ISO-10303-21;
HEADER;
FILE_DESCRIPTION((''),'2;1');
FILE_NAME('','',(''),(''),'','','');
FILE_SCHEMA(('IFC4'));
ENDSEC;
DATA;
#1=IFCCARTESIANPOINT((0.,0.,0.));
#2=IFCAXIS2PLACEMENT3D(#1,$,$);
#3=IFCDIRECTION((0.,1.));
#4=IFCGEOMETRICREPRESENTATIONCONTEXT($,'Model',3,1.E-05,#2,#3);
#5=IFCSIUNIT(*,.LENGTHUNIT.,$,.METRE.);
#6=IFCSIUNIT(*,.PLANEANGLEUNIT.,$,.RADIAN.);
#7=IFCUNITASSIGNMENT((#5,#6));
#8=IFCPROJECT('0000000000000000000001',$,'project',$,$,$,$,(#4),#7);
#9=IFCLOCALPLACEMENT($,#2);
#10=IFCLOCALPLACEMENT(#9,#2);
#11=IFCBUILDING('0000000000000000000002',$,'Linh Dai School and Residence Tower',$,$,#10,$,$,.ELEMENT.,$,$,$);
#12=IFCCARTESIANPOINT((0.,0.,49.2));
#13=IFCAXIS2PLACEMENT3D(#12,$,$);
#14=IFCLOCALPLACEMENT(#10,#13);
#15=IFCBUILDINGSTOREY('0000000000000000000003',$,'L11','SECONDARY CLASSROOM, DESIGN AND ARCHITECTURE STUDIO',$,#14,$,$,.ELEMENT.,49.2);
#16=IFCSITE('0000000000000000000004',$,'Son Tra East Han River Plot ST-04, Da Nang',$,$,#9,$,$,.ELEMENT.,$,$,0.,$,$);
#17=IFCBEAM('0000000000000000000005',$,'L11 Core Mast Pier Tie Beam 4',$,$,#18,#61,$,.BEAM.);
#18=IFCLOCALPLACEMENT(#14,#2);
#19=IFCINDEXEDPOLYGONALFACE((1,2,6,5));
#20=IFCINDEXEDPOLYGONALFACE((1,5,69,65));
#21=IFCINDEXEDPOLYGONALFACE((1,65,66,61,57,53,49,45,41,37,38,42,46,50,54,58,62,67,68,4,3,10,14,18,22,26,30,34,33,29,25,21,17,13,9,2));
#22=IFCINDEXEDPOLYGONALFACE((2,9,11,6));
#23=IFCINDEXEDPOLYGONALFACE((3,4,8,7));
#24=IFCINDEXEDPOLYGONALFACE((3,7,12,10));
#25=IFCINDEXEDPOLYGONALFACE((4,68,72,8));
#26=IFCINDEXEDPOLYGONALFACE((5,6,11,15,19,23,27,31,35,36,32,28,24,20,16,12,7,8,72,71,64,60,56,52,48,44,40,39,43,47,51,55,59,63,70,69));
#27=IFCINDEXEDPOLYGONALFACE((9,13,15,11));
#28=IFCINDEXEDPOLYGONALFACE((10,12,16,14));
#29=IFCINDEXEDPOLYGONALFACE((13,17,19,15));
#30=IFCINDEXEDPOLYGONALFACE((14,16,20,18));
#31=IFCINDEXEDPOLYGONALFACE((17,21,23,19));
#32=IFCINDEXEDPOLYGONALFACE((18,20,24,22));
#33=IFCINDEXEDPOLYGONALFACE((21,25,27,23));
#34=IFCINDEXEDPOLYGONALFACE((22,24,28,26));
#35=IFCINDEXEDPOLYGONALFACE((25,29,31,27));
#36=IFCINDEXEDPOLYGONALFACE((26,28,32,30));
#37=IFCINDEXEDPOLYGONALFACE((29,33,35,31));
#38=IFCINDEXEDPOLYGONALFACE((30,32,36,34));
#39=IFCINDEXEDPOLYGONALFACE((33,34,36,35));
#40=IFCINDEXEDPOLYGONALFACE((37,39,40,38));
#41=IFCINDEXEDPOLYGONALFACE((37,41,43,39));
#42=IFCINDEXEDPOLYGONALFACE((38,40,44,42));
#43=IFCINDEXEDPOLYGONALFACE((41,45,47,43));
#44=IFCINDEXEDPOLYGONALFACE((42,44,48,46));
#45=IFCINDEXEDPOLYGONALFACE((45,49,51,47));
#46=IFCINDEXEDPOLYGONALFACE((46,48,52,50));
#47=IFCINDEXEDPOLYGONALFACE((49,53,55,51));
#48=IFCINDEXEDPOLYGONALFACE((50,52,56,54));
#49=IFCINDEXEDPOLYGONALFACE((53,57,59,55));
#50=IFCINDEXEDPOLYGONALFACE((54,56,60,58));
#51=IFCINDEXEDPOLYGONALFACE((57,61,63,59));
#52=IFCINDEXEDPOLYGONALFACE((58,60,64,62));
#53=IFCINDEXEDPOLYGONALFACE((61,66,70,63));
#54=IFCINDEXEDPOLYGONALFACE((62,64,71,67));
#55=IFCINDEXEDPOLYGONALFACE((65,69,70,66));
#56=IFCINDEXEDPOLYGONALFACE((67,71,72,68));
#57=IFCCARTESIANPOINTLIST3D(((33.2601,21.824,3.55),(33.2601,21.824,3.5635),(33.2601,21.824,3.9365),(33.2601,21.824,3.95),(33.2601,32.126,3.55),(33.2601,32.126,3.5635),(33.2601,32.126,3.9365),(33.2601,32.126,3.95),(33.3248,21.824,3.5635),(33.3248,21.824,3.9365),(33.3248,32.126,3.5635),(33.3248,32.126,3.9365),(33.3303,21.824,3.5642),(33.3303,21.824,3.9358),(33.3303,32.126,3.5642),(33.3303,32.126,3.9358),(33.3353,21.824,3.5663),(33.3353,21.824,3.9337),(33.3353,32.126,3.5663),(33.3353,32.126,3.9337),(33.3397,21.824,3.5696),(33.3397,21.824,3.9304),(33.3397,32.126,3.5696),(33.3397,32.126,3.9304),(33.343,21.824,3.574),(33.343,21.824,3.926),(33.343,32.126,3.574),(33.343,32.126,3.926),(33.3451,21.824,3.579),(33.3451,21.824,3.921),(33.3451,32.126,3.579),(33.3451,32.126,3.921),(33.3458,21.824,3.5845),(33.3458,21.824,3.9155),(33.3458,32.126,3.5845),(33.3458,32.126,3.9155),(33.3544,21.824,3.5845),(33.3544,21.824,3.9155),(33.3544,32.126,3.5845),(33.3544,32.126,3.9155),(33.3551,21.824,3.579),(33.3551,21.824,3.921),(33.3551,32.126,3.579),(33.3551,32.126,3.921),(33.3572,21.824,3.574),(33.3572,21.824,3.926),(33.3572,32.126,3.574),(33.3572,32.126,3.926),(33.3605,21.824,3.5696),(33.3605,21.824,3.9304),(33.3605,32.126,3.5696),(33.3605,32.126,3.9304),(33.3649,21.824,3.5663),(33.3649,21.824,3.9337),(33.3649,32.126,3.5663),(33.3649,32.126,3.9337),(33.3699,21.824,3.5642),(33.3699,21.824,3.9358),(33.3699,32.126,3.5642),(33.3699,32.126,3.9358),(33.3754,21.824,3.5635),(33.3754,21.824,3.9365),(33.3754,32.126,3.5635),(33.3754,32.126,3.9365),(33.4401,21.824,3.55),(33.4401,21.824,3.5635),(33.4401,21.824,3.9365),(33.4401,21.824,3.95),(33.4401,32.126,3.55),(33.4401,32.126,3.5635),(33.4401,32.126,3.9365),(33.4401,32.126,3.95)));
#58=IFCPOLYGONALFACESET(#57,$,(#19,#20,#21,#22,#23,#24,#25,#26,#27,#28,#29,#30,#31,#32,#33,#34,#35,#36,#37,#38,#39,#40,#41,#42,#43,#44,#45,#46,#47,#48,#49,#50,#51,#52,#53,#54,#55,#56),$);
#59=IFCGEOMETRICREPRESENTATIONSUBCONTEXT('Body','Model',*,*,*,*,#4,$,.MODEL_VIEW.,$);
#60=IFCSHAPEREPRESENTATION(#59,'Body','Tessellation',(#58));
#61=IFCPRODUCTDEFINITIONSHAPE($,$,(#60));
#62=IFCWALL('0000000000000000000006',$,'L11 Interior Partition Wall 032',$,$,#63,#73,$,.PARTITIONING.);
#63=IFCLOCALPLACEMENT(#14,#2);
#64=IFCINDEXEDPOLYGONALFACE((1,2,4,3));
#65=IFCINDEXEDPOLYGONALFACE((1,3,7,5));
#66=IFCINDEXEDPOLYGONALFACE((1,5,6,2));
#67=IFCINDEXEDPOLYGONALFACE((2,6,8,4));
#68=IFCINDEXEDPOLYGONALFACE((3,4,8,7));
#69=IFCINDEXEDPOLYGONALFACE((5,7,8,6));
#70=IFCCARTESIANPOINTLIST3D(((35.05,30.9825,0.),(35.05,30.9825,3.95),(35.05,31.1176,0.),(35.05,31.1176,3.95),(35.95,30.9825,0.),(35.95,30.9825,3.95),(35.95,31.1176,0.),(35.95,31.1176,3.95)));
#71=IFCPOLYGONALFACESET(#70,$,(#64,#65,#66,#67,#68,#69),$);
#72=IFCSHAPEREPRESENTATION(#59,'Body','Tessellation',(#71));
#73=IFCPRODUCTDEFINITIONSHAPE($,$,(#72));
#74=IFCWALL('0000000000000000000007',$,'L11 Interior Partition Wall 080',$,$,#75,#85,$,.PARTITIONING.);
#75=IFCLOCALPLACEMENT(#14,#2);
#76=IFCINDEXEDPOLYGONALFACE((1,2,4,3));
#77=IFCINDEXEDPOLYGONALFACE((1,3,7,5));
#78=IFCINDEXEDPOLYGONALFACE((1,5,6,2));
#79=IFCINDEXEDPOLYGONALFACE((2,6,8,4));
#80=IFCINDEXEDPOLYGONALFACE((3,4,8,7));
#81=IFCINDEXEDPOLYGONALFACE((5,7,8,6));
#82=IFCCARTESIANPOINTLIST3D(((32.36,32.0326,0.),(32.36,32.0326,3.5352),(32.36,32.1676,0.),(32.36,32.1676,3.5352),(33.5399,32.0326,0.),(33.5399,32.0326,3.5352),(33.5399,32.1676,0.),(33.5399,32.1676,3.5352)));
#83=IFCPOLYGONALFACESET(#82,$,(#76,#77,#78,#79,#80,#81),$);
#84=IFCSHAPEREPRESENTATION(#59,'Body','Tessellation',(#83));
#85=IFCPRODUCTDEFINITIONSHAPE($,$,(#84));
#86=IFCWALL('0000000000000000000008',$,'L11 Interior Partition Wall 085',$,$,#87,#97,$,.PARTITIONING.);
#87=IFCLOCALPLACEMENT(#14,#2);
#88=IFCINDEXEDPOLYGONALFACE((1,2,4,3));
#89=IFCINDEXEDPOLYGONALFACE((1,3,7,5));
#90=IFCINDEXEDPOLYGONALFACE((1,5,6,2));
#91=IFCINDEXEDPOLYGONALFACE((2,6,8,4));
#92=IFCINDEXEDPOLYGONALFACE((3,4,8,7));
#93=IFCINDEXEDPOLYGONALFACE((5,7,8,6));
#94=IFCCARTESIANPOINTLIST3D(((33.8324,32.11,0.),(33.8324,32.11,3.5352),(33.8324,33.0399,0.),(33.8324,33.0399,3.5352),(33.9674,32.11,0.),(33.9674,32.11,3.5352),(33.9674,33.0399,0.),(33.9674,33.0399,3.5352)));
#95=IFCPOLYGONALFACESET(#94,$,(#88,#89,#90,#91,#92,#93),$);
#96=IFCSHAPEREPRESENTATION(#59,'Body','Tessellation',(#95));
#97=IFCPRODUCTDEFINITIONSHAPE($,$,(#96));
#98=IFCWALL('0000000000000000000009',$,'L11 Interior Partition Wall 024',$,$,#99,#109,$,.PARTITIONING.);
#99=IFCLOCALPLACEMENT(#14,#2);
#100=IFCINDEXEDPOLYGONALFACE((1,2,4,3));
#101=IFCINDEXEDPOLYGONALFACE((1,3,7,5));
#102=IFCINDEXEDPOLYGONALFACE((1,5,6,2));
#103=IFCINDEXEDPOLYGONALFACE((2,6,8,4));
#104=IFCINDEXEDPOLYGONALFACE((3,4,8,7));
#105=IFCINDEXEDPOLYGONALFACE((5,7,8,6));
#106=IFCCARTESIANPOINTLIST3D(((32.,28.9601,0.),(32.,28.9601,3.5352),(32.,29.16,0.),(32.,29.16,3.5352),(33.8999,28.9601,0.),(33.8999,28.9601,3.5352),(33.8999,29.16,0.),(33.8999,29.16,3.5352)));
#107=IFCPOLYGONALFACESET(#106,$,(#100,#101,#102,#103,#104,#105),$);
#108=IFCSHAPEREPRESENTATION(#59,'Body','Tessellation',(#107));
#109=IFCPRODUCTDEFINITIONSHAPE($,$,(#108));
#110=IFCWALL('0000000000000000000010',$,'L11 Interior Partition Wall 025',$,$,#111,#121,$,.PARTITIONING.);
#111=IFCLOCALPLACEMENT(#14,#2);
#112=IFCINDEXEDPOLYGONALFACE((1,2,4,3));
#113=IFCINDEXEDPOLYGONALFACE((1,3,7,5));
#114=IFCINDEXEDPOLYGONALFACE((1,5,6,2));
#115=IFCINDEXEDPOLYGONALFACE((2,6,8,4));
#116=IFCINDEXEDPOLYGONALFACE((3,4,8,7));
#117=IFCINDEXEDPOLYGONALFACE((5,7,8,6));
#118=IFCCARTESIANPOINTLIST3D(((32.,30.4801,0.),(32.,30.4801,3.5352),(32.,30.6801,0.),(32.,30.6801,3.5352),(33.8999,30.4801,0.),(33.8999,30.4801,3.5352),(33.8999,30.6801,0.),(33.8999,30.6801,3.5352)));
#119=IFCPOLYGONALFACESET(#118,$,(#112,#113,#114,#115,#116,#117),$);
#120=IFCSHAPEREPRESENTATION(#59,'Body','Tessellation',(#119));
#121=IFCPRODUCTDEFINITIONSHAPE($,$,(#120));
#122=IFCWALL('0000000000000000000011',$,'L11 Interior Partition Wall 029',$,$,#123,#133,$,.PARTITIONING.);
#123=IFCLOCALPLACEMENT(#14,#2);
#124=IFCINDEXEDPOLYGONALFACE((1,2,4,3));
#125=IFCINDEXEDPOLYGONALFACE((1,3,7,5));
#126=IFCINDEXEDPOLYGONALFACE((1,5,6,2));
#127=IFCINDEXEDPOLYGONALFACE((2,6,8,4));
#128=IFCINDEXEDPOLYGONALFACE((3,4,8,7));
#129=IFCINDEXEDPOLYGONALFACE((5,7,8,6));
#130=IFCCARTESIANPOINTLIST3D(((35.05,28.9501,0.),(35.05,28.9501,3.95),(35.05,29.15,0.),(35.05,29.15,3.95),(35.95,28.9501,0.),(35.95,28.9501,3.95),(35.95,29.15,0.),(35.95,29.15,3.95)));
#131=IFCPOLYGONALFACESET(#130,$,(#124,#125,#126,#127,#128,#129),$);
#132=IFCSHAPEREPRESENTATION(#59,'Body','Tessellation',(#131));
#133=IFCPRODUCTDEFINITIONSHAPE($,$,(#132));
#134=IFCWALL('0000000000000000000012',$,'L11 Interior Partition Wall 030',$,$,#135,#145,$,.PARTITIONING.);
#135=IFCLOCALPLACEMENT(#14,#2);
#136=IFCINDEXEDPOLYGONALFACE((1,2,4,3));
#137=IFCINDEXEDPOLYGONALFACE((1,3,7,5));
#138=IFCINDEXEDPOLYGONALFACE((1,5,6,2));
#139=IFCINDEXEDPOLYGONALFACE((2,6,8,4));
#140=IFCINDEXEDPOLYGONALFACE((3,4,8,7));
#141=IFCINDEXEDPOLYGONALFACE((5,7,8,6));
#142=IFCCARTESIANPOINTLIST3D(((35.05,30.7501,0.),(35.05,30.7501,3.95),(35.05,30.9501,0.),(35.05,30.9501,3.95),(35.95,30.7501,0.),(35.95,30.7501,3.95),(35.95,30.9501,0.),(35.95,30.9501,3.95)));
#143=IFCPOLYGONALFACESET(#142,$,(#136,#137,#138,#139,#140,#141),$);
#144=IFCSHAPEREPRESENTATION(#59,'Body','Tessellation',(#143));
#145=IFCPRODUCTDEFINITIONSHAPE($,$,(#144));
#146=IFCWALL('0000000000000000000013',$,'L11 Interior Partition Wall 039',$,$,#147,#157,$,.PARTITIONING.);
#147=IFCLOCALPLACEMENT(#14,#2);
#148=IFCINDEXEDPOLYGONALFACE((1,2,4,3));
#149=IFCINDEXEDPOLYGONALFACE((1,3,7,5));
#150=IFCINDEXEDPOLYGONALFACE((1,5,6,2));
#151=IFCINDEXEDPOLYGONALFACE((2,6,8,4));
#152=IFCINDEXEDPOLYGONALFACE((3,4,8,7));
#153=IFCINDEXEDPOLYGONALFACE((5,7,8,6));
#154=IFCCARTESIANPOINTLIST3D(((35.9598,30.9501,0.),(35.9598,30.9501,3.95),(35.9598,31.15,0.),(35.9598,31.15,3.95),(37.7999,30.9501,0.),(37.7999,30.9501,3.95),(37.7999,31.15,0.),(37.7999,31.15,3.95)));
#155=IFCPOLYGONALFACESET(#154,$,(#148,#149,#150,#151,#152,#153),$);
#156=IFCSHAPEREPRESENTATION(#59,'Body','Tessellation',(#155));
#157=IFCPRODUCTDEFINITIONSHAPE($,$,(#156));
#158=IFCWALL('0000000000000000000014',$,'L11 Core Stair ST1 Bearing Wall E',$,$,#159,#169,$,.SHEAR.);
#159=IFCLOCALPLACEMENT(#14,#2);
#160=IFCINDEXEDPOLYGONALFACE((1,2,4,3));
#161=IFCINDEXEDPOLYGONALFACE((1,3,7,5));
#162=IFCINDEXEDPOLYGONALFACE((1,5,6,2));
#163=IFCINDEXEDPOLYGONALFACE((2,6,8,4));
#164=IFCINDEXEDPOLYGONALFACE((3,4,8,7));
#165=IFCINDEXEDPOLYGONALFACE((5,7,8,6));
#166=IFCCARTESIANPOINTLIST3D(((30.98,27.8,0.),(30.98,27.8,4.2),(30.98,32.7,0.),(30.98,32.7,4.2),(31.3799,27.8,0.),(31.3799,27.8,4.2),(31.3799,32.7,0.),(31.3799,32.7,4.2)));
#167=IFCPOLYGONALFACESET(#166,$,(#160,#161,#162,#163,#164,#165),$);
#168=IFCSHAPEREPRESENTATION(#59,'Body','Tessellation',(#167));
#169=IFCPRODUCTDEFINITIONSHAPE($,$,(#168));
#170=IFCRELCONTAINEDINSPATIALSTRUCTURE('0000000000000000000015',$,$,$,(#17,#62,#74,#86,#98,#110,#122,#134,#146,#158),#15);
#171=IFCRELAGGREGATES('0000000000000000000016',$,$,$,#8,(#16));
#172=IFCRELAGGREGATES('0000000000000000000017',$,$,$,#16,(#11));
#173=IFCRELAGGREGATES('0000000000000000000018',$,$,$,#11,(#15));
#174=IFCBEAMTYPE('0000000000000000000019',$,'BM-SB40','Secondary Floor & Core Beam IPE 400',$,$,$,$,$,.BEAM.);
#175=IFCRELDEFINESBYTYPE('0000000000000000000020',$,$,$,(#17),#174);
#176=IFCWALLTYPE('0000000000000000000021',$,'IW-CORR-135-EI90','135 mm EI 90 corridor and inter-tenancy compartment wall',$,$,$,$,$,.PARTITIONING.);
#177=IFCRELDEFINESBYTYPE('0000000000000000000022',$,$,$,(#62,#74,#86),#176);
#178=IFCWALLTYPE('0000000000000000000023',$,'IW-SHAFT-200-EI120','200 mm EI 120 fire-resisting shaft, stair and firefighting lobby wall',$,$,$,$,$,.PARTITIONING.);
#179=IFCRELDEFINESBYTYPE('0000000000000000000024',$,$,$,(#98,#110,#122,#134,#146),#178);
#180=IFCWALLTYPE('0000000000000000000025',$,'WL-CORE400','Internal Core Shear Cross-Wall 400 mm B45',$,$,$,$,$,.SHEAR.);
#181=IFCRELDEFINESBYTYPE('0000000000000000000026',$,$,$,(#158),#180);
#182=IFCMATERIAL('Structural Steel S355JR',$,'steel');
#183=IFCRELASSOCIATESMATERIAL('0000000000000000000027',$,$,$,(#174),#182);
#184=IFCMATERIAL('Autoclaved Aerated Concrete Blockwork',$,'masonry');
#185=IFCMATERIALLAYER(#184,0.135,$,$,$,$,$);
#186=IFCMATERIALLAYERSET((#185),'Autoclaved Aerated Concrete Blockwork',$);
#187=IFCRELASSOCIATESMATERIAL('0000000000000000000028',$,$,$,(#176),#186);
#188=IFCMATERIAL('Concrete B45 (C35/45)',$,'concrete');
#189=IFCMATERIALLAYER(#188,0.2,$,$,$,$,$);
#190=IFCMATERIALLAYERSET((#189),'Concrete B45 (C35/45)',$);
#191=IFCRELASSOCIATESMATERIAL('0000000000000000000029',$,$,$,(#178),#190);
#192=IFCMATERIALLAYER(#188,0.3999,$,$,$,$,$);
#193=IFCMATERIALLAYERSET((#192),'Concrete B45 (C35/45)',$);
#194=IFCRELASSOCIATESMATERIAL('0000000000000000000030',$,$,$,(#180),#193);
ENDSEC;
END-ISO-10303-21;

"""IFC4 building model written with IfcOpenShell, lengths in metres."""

from ifc_helpers import new_model, si_unit, direction, frame, frame_2d, origin, origin_2d, place, context, subcontext, project, spatial, rectangle, i_section, extrude, material, layer, layer_set, material_profile, profile_set, type_object, element, save


model = new_model("IFC4")

# Units and contexts
model_context = context("Model", 3, precision=1e-05, world=origin(), true_north=direction((0.0, 1.0)))
body_context = subcontext(model_context, "Body", "Model", "MODEL_VIEW")
ifc_project = project(units=[si_unit("LENGTHUNIT", "METRE"), si_unit("PLANEANGLEUNIT", "RADIAN")], contexts=[model_context])

# Site, building, storey
site_placement = place(None, origin())
site = spatial("IfcSite", under=ifc_project, at=site_placement, Name="Son Tra East Han River Plot ST-04, Da Nang", CompositionType="ELEMENT", RefElevation=0.0)
building_placement = place(site_placement, origin())
building = spatial("IfcBuilding", under=site, at=building_placement, Name="Linh Dai School and Residence Tower", CompositionType="ELEMENT")
storey_placement = place(building_placement, frame((0.0, 0.0, 49.2)))
storey = spatial("IfcBuildingStorey", under=building, at=storey_placement, Name="L11", Description="SECONDARY CLASSROOM, DESIGN AND ARCHITECTURE STUDIO", CompositionType="ELEMENT", Elevation=49.2)

# Shared definitions
ifc_material_1 = material(Name="Structural Steel S355JR", Category="steel")

# Beam
ifc_material_profile_1 = material_profile(ifc_material_1, i_section(OverallWidth=0.1799, OverallDepth=0.3999, WebThickness=0.0085, FlangeThickness=0.0134, FilletRadius=0.021, at=origin_2d()), Name="IPE 400")
ifc_profile_set_1 = profile_set([ifc_material_profile_1], Name="Structural Steel S355JR")
beam_type_1 = type_object("IfcBeamType", Name="BM-SB40", Description="Secondary Floor & Core Beam IPE 400", PredefinedType="BEAM", material=ifc_profile_set_1)
beam_1_placement = place(storey_placement, frame((33.3501, 32.126, 3.75), z_axis=(0.0, -1.0, 0.0), x_axis=(1.0, 0.0, 0.0)))
element("IfcBeam", 1, at=beam_1_placement, inside=storey, type_object=beam_type_1, Name="L11 Core Mast Pier Tie Beam 4", PredefinedType="BEAM", context=body_context, shape_type="SweptSolid", body=[
    extrude(i_section(OverallWidth=0.1799, OverallDepth=0.3999, WebThickness=0.0085, FlangeThickness=0.0134, FilletRadius=0.021, at=origin_2d()), origin(), (0.0, 0.0, 1.0), 10.302),
])

# Shared definitions
ifc_material_2 = material(Name="Autoclaved Aerated Concrete Blockwork", Category="masonry")
ifc_layer_1 = layer(ifc_material_2, 0.135)
ifc_layer_set_1 = layer_set([ifc_layer_1], Name="Autoclaved Aerated Concrete Blockwork")
wall_type_1 = type_object("IfcWallType", Name="IW-CORR-135-EI90", Description="135 mm EI 90 corridor and inter-tenancy compartment wall", PredefinedType="PARTITIONING", material=ifc_layer_set_1)

# Walls
wall_1_placement = place(storey_placement, frame((35.05, 31.05, 0.0), z_axis=(0.0, 0.0, 1.0), x_axis=(1.0, 0.0, 0.0)))
element("IfcWall", 2, at=wall_1_placement, inside=storey, type_object=wall_type_1, Name="L11 Interior Partition Wall 032", PredefinedType="PARTITIONING", context=body_context, shape_type="SweptSolid", body=[
    extrude(rectangle(XDim=0.8999, YDim=0.135, at=frame_2d((0.45, 0.0))), origin(), (0.0, 0.0, 1.0), 3.95),
])
wall_2_placement = place(storey_placement, frame((32.3601, 32.1001, 0.0), z_axis=(0.0, 0.0, 1.0), x_axis=(1.0, 0.0, 0.0)))
element("IfcWall", 3, at=wall_2_placement, inside=storey, type_object=wall_type_1, Name="L11 Interior Partition Wall 080", PredefinedType="PARTITIONING", context=body_context, shape_type="SweptSolid", body=[
    extrude(rectangle(XDim=1.1799, YDim=0.135, at=frame_2d((0.5898, 0.0))), origin(), (0.0, 0.0, 1.0), 3.5352),
])
wall_3_placement = place(storey_placement, frame((33.8999, 32.1101, 0.0), z_axis=(0.0, 0.0, 1.0), x_axis=(0.0, 1.0, 0.0)))
element("IfcWall", 4, at=wall_3_placement, inside=storey, type_object=wall_type_1, Name="L11 Interior Partition Wall 085", PredefinedType="PARTITIONING", context=body_context, shape_type="SweptSolid", body=[
    extrude(rectangle(XDim=0.9299, YDim=0.135, at=frame_2d((0.4648, 0.0))), origin(), (0.0, 0.0, 1.0), 3.5352),
])

# Shared definitions
ifc_material_3 = material(Name="Concrete B45 (C35/45)", Category="concrete")
ifc_layer_2 = layer(ifc_material_3, 0.2)
ifc_layer_set_2 = layer_set([ifc_layer_2], Name="Concrete B45 (C35/45)")
wall_type_2 = type_object("IfcWallType", Name="IW-SHAFT-200-EI120", Description="200 mm EI 120 fire-resisting shaft, stair and firefighting lobby wall", PredefinedType="PARTITIONING", material=ifc_layer_set_2)

# Walls
for number, where, z_axis, x_axis, name in (
    (5, (32.0, 29.0601, 0.0), (0.0, 0.0, 1.0), (1.0, 0.0, 0.0), "L11 Interior Partition Wall 024"),
    (6, (32.0, 30.5801, 0.0), (0.0, 0.0, 1.0), (1.0, 0.0, 0.0), "L11 Interior Partition Wall 025"),
):
    element("IfcWall", number, at=place(storey_placement, frame(where, z_axis=z_axis, x_axis=x_axis)), inside=storey, type_object=wall_type_2, Name=name, PredefinedType="PARTITIONING", context=body_context, shape_type="SweptSolid", body=[
        extrude(rectangle(XDim=1.8999, YDim=0.2, at=frame_2d((0.95, 0.0))), origin(), (0.0, 0.0, 1.0), 3.5352),
    ])
for number, where, z_axis, x_axis, name in (
    (7, (35.05, 29.05, 0.0), (0.0, 0.0, 1.0), (1.0, 0.0, 0.0), "L11 Interior Partition Wall 029"),
    (8, (35.05, 30.8501, 0.0), (0.0, 0.0, 1.0), (1.0, 0.0, 0.0), "L11 Interior Partition Wall 030"),
):
    element("IfcWall", number, at=place(storey_placement, frame(where, z_axis=z_axis, x_axis=x_axis)), inside=storey, type_object=wall_type_2, Name=name, PredefinedType="PARTITIONING", context=body_context, shape_type="SweptSolid", body=[
        extrude(rectangle(XDim=0.8999, YDim=0.2, at=frame_2d((0.45, 0.0))), origin(), (0.0, 0.0, 1.0), 3.95),
    ])

# Walls
wall_4_placement = place(storey_placement, frame((35.96, 31.05, 0.0), z_axis=(0.0, 0.0, 1.0), x_axis=(1.0, 0.0, 0.0)))
element("IfcWall", 9, at=wall_4_placement, inside=storey, type_object=wall_type_2, Name="L11 Interior Partition Wall 039", PredefinedType="PARTITIONING", context=body_context, shape_type="SweptSolid", body=[
    extrude(rectangle(XDim=1.8401, YDim=0.2, at=frame_2d((0.9199, 0.0))), origin(), (0.0, 0.0, 1.0), 3.95),
])
ifc_layer_3 = layer(ifc_material_3, 0.3999)
ifc_layer_set_3 = layer_set([ifc_layer_3], Name="Concrete B45 (C35/45)")
wall_type_3 = type_object("IfcWallType", Name="WL-CORE400", Description="Internal Core Shear Cross-Wall 400 mm B45", PredefinedType="SHEAR", material=ifc_layer_set_3)
wall_5_placement = place(storey_placement, frame((31.1799, 27.8, 0.0), z_axis=(0.0, 0.0, 1.0), x_axis=(0.0, 1.0, 0.0)))
element("IfcWall", 10, at=wall_5_placement, inside=storey, type_object=wall_type_3, Name="L11 Core Stair ST1 Bearing Wall E", PredefinedType="SHEAR", context=body_context, shape_type="SweptSolid", body=[
    extrude(rectangle(XDim=4.8999, YDim=0.3999, at=frame_2d((2.45, 0.0))), origin(), (0.0, 0.0, 1.0), 4.2),
])

save(model, "model.ifc")
